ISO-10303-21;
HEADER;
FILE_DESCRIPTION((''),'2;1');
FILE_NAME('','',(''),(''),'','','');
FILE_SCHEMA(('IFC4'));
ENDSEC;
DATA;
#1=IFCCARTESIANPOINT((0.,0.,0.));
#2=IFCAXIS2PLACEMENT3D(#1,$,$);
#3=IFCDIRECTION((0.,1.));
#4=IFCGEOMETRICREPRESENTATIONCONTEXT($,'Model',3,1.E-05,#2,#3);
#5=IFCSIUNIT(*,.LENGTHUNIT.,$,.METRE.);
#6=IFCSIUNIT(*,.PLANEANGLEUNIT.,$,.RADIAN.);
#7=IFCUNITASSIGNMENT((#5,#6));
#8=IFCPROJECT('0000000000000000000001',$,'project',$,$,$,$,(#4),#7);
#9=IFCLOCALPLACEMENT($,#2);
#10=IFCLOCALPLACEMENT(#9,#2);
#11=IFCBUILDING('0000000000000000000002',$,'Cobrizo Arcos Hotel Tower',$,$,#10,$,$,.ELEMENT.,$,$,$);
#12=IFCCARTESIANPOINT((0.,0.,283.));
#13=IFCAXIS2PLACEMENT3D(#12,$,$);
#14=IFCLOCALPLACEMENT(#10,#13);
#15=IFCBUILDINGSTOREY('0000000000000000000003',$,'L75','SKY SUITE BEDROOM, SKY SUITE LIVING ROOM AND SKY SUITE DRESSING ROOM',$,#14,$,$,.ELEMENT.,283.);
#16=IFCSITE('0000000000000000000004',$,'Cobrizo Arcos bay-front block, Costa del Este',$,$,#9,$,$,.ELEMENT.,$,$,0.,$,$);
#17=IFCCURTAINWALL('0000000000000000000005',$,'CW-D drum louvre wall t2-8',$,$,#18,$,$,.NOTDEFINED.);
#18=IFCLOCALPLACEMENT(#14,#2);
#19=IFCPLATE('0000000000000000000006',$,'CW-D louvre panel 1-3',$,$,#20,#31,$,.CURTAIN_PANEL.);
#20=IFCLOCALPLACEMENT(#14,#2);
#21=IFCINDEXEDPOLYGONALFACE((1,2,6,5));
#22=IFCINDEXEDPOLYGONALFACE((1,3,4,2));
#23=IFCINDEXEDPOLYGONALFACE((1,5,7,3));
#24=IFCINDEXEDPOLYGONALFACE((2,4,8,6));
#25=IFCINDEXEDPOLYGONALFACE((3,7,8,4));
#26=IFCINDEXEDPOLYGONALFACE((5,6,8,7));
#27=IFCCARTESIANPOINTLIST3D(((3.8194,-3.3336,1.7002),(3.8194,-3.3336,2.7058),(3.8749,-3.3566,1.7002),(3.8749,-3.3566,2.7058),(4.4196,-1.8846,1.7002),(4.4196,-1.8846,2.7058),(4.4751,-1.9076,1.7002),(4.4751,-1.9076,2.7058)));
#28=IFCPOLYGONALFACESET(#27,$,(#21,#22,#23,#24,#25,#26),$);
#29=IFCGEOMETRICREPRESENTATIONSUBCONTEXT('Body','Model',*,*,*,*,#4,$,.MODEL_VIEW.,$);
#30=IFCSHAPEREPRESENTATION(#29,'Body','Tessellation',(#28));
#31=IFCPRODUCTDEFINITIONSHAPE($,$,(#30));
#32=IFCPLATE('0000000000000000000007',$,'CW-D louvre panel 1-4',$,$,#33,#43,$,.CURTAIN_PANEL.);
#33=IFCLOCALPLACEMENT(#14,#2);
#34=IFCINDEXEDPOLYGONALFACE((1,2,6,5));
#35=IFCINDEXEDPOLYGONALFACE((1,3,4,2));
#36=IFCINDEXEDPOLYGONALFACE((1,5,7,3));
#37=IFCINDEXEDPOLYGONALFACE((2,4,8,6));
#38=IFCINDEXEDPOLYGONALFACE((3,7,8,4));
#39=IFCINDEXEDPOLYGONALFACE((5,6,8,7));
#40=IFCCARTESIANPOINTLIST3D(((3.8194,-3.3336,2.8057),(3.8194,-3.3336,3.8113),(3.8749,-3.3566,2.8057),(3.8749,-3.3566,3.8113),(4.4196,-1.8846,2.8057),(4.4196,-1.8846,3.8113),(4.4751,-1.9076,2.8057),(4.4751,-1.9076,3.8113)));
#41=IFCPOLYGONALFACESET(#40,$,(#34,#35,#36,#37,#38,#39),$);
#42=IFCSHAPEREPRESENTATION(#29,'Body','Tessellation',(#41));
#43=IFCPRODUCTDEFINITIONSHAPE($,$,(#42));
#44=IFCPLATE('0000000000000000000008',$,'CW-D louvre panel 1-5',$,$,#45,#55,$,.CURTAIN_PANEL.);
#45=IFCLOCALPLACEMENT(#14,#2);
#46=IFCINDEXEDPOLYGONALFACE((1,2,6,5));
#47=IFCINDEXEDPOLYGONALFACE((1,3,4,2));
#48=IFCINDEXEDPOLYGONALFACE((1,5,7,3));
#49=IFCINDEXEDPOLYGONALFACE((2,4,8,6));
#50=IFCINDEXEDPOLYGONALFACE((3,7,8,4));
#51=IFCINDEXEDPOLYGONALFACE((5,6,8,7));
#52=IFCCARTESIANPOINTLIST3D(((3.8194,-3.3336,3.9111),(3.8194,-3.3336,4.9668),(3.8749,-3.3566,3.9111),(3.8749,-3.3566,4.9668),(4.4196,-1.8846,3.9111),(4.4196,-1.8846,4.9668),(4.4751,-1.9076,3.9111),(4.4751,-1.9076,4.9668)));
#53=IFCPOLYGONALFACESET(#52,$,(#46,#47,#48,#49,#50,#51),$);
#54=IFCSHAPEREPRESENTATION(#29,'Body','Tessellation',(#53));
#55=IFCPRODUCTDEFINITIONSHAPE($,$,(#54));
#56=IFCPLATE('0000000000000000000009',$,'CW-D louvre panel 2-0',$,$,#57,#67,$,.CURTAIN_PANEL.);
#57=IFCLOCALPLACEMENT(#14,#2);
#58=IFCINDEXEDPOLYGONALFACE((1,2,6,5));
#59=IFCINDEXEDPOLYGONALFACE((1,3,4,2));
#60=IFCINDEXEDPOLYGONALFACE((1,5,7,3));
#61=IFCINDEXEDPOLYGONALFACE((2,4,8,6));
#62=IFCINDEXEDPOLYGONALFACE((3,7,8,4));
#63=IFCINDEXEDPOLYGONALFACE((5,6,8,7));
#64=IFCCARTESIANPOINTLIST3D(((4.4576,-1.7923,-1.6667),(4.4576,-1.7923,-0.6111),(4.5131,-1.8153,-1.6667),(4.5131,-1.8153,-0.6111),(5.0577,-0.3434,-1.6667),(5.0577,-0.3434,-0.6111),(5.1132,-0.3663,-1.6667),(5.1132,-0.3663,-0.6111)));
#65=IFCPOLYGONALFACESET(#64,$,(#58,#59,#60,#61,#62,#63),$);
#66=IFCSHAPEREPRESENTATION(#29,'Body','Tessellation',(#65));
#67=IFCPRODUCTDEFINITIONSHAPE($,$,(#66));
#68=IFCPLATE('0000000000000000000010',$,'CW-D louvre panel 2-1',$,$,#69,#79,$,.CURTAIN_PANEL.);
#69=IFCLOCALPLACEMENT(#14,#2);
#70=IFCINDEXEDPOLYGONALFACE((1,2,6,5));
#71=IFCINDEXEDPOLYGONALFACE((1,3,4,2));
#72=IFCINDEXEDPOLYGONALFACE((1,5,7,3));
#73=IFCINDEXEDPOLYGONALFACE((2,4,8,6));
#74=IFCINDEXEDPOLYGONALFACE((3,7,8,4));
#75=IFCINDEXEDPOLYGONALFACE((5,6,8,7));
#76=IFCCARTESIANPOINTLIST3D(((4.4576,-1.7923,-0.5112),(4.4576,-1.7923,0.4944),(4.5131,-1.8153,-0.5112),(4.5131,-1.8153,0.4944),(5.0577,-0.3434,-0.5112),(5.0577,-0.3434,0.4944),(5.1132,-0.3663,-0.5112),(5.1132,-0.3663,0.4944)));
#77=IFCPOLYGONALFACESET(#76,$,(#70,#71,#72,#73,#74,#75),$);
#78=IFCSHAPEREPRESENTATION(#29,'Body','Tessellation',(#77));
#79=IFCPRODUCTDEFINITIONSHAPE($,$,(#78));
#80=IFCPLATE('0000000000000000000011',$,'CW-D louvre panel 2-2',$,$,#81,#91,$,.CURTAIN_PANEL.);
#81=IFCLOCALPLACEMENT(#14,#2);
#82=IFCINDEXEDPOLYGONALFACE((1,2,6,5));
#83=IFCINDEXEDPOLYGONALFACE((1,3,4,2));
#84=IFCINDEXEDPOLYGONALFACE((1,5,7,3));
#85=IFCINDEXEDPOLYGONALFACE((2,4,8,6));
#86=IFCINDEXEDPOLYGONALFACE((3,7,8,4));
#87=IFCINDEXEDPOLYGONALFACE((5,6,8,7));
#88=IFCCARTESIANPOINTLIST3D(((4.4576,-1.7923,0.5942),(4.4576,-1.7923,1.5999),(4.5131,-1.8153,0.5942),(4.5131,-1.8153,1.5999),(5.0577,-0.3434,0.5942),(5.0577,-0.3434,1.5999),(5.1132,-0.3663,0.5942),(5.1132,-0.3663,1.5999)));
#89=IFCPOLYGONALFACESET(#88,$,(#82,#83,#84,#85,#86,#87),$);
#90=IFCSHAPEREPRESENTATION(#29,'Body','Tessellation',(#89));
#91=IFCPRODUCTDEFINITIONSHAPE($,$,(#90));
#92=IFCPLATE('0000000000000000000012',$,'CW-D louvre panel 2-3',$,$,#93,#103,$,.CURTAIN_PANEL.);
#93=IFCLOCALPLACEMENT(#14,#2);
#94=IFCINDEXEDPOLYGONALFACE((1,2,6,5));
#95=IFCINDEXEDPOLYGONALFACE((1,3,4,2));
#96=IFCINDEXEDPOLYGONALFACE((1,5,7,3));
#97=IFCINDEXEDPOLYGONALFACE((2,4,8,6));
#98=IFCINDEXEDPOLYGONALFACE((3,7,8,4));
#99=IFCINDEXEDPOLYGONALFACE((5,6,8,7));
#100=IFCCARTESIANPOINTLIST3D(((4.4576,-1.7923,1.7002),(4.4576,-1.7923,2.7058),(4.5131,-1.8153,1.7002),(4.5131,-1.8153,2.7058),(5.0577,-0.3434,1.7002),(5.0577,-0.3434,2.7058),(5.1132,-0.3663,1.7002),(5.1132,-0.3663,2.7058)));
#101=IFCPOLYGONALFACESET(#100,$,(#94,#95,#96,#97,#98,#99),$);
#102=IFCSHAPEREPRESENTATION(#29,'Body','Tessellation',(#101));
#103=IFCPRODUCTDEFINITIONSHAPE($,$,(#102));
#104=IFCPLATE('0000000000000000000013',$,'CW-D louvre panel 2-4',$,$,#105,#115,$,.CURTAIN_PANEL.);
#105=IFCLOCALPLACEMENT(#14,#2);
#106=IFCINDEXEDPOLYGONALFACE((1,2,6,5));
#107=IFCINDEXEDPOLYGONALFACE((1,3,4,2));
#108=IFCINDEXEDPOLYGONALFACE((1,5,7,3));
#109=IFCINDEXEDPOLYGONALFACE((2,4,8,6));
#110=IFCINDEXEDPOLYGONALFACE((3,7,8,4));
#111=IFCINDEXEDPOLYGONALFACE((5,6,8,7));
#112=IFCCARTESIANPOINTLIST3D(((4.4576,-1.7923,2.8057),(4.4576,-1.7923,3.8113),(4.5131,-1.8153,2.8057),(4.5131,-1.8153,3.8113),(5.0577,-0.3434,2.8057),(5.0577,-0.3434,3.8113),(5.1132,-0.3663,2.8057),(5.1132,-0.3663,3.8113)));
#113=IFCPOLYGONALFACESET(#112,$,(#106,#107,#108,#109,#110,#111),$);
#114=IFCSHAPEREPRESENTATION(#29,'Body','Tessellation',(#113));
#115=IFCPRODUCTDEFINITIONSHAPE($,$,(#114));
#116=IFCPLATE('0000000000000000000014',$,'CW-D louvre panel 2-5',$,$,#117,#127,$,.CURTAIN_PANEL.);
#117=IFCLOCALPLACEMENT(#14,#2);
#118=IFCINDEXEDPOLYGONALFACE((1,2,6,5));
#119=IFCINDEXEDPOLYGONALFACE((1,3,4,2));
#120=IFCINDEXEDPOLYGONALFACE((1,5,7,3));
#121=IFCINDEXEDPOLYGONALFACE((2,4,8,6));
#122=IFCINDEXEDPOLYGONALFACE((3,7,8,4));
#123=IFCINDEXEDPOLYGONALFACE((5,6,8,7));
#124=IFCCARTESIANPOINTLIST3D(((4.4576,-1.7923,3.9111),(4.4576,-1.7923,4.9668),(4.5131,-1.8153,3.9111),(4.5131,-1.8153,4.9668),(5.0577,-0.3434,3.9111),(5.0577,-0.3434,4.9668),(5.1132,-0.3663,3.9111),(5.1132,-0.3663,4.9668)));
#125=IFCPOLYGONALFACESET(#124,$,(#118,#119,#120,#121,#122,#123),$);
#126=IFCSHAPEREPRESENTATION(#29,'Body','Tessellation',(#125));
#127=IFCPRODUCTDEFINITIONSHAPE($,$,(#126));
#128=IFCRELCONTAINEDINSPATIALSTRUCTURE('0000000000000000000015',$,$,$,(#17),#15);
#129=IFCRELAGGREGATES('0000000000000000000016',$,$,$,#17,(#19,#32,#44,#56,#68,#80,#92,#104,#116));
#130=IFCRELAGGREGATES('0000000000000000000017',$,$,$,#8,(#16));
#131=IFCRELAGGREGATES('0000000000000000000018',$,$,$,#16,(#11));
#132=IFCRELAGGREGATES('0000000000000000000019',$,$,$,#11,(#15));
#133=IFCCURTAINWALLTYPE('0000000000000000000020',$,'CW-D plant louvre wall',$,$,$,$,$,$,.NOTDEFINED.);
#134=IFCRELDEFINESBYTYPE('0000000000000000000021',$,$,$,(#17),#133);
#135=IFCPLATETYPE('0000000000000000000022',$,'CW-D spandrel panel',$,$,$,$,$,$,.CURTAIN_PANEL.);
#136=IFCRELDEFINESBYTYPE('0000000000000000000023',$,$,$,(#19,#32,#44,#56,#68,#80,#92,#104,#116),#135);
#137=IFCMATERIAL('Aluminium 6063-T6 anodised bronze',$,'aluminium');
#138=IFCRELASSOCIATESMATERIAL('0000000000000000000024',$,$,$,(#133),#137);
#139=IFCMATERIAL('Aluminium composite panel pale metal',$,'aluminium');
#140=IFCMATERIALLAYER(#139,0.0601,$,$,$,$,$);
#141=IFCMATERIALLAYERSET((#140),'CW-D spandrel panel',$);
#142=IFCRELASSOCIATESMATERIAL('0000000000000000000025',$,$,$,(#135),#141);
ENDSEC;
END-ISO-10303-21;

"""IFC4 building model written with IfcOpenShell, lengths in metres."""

from ifc_helpers import new_model, si_unit, direction, frame, origin, origin_2d, place, context, subcontext, project, spatial, rectangle, extrude, material, layer, layer_set, type_object, element, aggregate, save


model = new_model("IFC4")

# Units and contexts
model_context = context("Model", 3, precision=1e-05, world=origin(), true_north=direction((0.0, 1.0)))
body_context = subcontext(model_context, "Body", "Model", "MODEL_VIEW")
ifc_project = project(units=[si_unit("LENGTHUNIT", "METRE"), si_unit("PLANEANGLEUNIT", "RADIAN")], contexts=[model_context])

# Site, building, storey
site_placement = place(None, origin())
site = spatial("IfcSite", under=ifc_project, at=site_placement, Name="Cobrizo Arcos bay-front block, Costa del Este", CompositionType="ELEMENT", RefElevation=0.0)
building_placement = place(site_placement, origin())
building = spatial("IfcBuilding", under=site, at=building_placement, Name="Cobrizo Arcos Hotel Tower", CompositionType="ELEMENT")
storey_placement = place(building_placement, frame((0.0, 0.0, 283.0)))
storey = spatial("IfcBuildingStorey", under=building, at=storey_placement, Name="L75", Description="SKY SUITE BEDROOM, SKY SUITE LIVING ROOM AND SKY SUITE DRESSING ROOM", CompositionType="ELEMENT", Elevation=283.0)

# Shared definitions
ifc_material_1 = material(Name="Aluminium 6063-T6 anodised bronze", Category="aluminium")
curtain_wall_type = type_object("IfcCurtainWallType", Name="CW-D plant louvre wall", PredefinedType="NOTDEFINED", material=ifc_material_1)

# Curtain wall
curtain_wall_1_placement = place(storey_placement, origin())
curtain_wall_1 = element("IfcCurtainWall", 1, at=curtain_wall_1_placement, inside=storey, type_object=curtain_wall_type, Name="CW-D drum louvre wall t2-8", PredefinedType="NOTDEFINED")

# Plates
ifc_material_2 = material(Name="Aluminium composite panel pale metal", Category="aluminium")
ifc_layer = layer(ifc_material_2, 0.0601)
ifc_layer_set = layer_set([ifc_layer], Name="CW-D spandrel panel")
plate_type = type_object("IfcPlateType", Name="CW-D spandrel panel", PredefinedType="CURTAIN_PANEL", material=ifc_layer_set)
plate_1_placement = place(storey_placement, frame((4.1472, -2.6206, 1.7002), z_axis=(0.0, 0.0, 1.0), x_axis=(0.382683, 0.92388, 0.0)))
plate_1 = element("IfcPlate", 2, at=plate_1_placement, type_object=plate_type, Name="CW-D louvre panel 1-3", PredefinedType="CURTAIN_PANEL", context=body_context, shape_type="SweptSolid", body=[
    extrude(rectangle(XDim=1.5684, YDim=0.0601, at=origin_2d()), origin(), (0.0, 0.0, 1.0), 1.0056),
])
plate_2_placement = place(storey_placement, frame((4.1472, -2.6206, 2.8057), z_axis=(0.0, 0.0, 1.0), x_axis=(0.382683, 0.92388, 0.0)))
plate_2 = element("IfcPlate", 3, at=plate_2_placement, type_object=plate_type, Name="CW-D louvre panel 1-4", PredefinedType="CURTAIN_PANEL", context=body_context, shape_type="SweptSolid", body=[
    extrude(rectangle(XDim=1.5684, YDim=0.0601, at=origin_2d()), origin(), (0.0, 0.0, 1.0), 1.0056),
])
plate_3_placement = place(storey_placement, frame((4.1472, -2.6206, 3.9111), z_axis=(0.0, 0.0, 1.0), x_axis=(0.382683, 0.92388, 0.0)))
plate_3 = element("IfcPlate", 4, at=plate_3_placement, type_object=plate_type, Name="CW-D louvre panel 1-5", PredefinedType="CURTAIN_PANEL", context=body_context, shape_type="SweptSolid", body=[
    extrude(rectangle(XDim=1.5684, YDim=0.0601, at=origin_2d()), origin(), (0.0, 0.0, 1.0), 1.0557),
])
plate_4_placement = place(storey_placement, frame((4.7854, -1.0793, -1.6667), z_axis=(0.0, 0.0, 1.0), x_axis=(0.382683, 0.92388, 0.0)))
plate_4 = element("IfcPlate", 5, at=plate_4_placement, type_object=plate_type, Name="CW-D louvre panel 2-0", PredefinedType="CURTAIN_PANEL", context=body_context, shape_type="SweptSolid", body=[
    extrude(rectangle(XDim=1.5684, YDim=0.0601, at=origin_2d()), origin(), (0.0, 0.0, 1.0), 1.0557),
])
plate_5_placement = place(storey_placement, frame((4.7854, -1.0793, -0.5112), z_axis=(0.0, 0.0, 1.0), x_axis=(0.382683, 0.92388, 0.0)))
plate_5 = element("IfcPlate", 6, at=plate_5_placement, type_object=plate_type, Name="CW-D louvre panel 2-1", PredefinedType="CURTAIN_PANEL", context=body_context, shape_type="SweptSolid", body=[
    extrude(rectangle(XDim=1.5684, YDim=0.0601, at=origin_2d()), origin(), (0.0, 0.0, 1.0), 1.0056),
])
plate_6_placement = place(storey_placement, frame((4.7854, -1.0793, 0.5942), z_axis=(0.0, 0.0, 1.0), x_axis=(0.382683, 0.92388, 0.0)))
plate_6 = element("IfcPlate", 7, at=plate_6_placement, type_object=plate_type, Name="CW-D louvre panel 2-2", PredefinedType="CURTAIN_PANEL", context=body_context, shape_type="SweptSolid", body=[
    extrude(rectangle(XDim=1.5684, YDim=0.0601, at=origin_2d()), origin(), (0.0, 0.0, 1.0), 1.0056),
])
plate_7_placement = place(storey_placement, frame((4.7854, -1.0793, 1.7002), z_axis=(0.0, 0.0, 1.0), x_axis=(0.382683, 0.92388, 0.0)))
plate_7 = element("IfcPlate", 8, at=plate_7_placement, type_object=plate_type, Name="CW-D louvre panel 2-3", PredefinedType="CURTAIN_PANEL", context=body_context, shape_type="SweptSolid", body=[
    extrude(rectangle(XDim=1.5684, YDim=0.0601, at=origin_2d()), origin(), (0.0, 0.0, 1.0), 1.0056),
])
plate_8_placement = place(storey_placement, frame((4.7854, -1.0793, 2.8057), z_axis=(0.0, 0.0, 1.0), x_axis=(0.382683, 0.92388, 0.0)))
plate_8 = element("IfcPlate", 9, at=plate_8_placement, type_object=plate_type, Name="CW-D louvre panel 2-4", PredefinedType="CURTAIN_PANEL", context=body_context, shape_type="SweptSolid", body=[
    extrude(rectangle(XDim=1.5684, YDim=0.0601, at=origin_2d()), origin(), (0.0, 0.0, 1.0), 1.0056),
])
plate_9_placement = place(storey_placement, frame((4.7854, -1.0793, 3.9111), z_axis=(0.0, 0.0, 1.0), x_axis=(0.382683, 0.92388, 0.0)))
plate_9 = element("IfcPlate", 10, at=plate_9_placement, type_object=plate_type, Name="CW-D louvre panel 2-5", PredefinedType="CURTAIN_PANEL", context=body_context, shape_type="SweptSolid", body=[
    extrude(rectangle(XDim=1.5684, YDim=0.0601, at=origin_2d()), origin(), (0.0, 0.0, 1.0), 1.0557),
])
aggregate(curtain_wall_1, [plate_1, plate_2, plate_3, plate_4, plate_5, plate_6, plate_7, plate_8, plate_9])

save(model, "model.ifc")
